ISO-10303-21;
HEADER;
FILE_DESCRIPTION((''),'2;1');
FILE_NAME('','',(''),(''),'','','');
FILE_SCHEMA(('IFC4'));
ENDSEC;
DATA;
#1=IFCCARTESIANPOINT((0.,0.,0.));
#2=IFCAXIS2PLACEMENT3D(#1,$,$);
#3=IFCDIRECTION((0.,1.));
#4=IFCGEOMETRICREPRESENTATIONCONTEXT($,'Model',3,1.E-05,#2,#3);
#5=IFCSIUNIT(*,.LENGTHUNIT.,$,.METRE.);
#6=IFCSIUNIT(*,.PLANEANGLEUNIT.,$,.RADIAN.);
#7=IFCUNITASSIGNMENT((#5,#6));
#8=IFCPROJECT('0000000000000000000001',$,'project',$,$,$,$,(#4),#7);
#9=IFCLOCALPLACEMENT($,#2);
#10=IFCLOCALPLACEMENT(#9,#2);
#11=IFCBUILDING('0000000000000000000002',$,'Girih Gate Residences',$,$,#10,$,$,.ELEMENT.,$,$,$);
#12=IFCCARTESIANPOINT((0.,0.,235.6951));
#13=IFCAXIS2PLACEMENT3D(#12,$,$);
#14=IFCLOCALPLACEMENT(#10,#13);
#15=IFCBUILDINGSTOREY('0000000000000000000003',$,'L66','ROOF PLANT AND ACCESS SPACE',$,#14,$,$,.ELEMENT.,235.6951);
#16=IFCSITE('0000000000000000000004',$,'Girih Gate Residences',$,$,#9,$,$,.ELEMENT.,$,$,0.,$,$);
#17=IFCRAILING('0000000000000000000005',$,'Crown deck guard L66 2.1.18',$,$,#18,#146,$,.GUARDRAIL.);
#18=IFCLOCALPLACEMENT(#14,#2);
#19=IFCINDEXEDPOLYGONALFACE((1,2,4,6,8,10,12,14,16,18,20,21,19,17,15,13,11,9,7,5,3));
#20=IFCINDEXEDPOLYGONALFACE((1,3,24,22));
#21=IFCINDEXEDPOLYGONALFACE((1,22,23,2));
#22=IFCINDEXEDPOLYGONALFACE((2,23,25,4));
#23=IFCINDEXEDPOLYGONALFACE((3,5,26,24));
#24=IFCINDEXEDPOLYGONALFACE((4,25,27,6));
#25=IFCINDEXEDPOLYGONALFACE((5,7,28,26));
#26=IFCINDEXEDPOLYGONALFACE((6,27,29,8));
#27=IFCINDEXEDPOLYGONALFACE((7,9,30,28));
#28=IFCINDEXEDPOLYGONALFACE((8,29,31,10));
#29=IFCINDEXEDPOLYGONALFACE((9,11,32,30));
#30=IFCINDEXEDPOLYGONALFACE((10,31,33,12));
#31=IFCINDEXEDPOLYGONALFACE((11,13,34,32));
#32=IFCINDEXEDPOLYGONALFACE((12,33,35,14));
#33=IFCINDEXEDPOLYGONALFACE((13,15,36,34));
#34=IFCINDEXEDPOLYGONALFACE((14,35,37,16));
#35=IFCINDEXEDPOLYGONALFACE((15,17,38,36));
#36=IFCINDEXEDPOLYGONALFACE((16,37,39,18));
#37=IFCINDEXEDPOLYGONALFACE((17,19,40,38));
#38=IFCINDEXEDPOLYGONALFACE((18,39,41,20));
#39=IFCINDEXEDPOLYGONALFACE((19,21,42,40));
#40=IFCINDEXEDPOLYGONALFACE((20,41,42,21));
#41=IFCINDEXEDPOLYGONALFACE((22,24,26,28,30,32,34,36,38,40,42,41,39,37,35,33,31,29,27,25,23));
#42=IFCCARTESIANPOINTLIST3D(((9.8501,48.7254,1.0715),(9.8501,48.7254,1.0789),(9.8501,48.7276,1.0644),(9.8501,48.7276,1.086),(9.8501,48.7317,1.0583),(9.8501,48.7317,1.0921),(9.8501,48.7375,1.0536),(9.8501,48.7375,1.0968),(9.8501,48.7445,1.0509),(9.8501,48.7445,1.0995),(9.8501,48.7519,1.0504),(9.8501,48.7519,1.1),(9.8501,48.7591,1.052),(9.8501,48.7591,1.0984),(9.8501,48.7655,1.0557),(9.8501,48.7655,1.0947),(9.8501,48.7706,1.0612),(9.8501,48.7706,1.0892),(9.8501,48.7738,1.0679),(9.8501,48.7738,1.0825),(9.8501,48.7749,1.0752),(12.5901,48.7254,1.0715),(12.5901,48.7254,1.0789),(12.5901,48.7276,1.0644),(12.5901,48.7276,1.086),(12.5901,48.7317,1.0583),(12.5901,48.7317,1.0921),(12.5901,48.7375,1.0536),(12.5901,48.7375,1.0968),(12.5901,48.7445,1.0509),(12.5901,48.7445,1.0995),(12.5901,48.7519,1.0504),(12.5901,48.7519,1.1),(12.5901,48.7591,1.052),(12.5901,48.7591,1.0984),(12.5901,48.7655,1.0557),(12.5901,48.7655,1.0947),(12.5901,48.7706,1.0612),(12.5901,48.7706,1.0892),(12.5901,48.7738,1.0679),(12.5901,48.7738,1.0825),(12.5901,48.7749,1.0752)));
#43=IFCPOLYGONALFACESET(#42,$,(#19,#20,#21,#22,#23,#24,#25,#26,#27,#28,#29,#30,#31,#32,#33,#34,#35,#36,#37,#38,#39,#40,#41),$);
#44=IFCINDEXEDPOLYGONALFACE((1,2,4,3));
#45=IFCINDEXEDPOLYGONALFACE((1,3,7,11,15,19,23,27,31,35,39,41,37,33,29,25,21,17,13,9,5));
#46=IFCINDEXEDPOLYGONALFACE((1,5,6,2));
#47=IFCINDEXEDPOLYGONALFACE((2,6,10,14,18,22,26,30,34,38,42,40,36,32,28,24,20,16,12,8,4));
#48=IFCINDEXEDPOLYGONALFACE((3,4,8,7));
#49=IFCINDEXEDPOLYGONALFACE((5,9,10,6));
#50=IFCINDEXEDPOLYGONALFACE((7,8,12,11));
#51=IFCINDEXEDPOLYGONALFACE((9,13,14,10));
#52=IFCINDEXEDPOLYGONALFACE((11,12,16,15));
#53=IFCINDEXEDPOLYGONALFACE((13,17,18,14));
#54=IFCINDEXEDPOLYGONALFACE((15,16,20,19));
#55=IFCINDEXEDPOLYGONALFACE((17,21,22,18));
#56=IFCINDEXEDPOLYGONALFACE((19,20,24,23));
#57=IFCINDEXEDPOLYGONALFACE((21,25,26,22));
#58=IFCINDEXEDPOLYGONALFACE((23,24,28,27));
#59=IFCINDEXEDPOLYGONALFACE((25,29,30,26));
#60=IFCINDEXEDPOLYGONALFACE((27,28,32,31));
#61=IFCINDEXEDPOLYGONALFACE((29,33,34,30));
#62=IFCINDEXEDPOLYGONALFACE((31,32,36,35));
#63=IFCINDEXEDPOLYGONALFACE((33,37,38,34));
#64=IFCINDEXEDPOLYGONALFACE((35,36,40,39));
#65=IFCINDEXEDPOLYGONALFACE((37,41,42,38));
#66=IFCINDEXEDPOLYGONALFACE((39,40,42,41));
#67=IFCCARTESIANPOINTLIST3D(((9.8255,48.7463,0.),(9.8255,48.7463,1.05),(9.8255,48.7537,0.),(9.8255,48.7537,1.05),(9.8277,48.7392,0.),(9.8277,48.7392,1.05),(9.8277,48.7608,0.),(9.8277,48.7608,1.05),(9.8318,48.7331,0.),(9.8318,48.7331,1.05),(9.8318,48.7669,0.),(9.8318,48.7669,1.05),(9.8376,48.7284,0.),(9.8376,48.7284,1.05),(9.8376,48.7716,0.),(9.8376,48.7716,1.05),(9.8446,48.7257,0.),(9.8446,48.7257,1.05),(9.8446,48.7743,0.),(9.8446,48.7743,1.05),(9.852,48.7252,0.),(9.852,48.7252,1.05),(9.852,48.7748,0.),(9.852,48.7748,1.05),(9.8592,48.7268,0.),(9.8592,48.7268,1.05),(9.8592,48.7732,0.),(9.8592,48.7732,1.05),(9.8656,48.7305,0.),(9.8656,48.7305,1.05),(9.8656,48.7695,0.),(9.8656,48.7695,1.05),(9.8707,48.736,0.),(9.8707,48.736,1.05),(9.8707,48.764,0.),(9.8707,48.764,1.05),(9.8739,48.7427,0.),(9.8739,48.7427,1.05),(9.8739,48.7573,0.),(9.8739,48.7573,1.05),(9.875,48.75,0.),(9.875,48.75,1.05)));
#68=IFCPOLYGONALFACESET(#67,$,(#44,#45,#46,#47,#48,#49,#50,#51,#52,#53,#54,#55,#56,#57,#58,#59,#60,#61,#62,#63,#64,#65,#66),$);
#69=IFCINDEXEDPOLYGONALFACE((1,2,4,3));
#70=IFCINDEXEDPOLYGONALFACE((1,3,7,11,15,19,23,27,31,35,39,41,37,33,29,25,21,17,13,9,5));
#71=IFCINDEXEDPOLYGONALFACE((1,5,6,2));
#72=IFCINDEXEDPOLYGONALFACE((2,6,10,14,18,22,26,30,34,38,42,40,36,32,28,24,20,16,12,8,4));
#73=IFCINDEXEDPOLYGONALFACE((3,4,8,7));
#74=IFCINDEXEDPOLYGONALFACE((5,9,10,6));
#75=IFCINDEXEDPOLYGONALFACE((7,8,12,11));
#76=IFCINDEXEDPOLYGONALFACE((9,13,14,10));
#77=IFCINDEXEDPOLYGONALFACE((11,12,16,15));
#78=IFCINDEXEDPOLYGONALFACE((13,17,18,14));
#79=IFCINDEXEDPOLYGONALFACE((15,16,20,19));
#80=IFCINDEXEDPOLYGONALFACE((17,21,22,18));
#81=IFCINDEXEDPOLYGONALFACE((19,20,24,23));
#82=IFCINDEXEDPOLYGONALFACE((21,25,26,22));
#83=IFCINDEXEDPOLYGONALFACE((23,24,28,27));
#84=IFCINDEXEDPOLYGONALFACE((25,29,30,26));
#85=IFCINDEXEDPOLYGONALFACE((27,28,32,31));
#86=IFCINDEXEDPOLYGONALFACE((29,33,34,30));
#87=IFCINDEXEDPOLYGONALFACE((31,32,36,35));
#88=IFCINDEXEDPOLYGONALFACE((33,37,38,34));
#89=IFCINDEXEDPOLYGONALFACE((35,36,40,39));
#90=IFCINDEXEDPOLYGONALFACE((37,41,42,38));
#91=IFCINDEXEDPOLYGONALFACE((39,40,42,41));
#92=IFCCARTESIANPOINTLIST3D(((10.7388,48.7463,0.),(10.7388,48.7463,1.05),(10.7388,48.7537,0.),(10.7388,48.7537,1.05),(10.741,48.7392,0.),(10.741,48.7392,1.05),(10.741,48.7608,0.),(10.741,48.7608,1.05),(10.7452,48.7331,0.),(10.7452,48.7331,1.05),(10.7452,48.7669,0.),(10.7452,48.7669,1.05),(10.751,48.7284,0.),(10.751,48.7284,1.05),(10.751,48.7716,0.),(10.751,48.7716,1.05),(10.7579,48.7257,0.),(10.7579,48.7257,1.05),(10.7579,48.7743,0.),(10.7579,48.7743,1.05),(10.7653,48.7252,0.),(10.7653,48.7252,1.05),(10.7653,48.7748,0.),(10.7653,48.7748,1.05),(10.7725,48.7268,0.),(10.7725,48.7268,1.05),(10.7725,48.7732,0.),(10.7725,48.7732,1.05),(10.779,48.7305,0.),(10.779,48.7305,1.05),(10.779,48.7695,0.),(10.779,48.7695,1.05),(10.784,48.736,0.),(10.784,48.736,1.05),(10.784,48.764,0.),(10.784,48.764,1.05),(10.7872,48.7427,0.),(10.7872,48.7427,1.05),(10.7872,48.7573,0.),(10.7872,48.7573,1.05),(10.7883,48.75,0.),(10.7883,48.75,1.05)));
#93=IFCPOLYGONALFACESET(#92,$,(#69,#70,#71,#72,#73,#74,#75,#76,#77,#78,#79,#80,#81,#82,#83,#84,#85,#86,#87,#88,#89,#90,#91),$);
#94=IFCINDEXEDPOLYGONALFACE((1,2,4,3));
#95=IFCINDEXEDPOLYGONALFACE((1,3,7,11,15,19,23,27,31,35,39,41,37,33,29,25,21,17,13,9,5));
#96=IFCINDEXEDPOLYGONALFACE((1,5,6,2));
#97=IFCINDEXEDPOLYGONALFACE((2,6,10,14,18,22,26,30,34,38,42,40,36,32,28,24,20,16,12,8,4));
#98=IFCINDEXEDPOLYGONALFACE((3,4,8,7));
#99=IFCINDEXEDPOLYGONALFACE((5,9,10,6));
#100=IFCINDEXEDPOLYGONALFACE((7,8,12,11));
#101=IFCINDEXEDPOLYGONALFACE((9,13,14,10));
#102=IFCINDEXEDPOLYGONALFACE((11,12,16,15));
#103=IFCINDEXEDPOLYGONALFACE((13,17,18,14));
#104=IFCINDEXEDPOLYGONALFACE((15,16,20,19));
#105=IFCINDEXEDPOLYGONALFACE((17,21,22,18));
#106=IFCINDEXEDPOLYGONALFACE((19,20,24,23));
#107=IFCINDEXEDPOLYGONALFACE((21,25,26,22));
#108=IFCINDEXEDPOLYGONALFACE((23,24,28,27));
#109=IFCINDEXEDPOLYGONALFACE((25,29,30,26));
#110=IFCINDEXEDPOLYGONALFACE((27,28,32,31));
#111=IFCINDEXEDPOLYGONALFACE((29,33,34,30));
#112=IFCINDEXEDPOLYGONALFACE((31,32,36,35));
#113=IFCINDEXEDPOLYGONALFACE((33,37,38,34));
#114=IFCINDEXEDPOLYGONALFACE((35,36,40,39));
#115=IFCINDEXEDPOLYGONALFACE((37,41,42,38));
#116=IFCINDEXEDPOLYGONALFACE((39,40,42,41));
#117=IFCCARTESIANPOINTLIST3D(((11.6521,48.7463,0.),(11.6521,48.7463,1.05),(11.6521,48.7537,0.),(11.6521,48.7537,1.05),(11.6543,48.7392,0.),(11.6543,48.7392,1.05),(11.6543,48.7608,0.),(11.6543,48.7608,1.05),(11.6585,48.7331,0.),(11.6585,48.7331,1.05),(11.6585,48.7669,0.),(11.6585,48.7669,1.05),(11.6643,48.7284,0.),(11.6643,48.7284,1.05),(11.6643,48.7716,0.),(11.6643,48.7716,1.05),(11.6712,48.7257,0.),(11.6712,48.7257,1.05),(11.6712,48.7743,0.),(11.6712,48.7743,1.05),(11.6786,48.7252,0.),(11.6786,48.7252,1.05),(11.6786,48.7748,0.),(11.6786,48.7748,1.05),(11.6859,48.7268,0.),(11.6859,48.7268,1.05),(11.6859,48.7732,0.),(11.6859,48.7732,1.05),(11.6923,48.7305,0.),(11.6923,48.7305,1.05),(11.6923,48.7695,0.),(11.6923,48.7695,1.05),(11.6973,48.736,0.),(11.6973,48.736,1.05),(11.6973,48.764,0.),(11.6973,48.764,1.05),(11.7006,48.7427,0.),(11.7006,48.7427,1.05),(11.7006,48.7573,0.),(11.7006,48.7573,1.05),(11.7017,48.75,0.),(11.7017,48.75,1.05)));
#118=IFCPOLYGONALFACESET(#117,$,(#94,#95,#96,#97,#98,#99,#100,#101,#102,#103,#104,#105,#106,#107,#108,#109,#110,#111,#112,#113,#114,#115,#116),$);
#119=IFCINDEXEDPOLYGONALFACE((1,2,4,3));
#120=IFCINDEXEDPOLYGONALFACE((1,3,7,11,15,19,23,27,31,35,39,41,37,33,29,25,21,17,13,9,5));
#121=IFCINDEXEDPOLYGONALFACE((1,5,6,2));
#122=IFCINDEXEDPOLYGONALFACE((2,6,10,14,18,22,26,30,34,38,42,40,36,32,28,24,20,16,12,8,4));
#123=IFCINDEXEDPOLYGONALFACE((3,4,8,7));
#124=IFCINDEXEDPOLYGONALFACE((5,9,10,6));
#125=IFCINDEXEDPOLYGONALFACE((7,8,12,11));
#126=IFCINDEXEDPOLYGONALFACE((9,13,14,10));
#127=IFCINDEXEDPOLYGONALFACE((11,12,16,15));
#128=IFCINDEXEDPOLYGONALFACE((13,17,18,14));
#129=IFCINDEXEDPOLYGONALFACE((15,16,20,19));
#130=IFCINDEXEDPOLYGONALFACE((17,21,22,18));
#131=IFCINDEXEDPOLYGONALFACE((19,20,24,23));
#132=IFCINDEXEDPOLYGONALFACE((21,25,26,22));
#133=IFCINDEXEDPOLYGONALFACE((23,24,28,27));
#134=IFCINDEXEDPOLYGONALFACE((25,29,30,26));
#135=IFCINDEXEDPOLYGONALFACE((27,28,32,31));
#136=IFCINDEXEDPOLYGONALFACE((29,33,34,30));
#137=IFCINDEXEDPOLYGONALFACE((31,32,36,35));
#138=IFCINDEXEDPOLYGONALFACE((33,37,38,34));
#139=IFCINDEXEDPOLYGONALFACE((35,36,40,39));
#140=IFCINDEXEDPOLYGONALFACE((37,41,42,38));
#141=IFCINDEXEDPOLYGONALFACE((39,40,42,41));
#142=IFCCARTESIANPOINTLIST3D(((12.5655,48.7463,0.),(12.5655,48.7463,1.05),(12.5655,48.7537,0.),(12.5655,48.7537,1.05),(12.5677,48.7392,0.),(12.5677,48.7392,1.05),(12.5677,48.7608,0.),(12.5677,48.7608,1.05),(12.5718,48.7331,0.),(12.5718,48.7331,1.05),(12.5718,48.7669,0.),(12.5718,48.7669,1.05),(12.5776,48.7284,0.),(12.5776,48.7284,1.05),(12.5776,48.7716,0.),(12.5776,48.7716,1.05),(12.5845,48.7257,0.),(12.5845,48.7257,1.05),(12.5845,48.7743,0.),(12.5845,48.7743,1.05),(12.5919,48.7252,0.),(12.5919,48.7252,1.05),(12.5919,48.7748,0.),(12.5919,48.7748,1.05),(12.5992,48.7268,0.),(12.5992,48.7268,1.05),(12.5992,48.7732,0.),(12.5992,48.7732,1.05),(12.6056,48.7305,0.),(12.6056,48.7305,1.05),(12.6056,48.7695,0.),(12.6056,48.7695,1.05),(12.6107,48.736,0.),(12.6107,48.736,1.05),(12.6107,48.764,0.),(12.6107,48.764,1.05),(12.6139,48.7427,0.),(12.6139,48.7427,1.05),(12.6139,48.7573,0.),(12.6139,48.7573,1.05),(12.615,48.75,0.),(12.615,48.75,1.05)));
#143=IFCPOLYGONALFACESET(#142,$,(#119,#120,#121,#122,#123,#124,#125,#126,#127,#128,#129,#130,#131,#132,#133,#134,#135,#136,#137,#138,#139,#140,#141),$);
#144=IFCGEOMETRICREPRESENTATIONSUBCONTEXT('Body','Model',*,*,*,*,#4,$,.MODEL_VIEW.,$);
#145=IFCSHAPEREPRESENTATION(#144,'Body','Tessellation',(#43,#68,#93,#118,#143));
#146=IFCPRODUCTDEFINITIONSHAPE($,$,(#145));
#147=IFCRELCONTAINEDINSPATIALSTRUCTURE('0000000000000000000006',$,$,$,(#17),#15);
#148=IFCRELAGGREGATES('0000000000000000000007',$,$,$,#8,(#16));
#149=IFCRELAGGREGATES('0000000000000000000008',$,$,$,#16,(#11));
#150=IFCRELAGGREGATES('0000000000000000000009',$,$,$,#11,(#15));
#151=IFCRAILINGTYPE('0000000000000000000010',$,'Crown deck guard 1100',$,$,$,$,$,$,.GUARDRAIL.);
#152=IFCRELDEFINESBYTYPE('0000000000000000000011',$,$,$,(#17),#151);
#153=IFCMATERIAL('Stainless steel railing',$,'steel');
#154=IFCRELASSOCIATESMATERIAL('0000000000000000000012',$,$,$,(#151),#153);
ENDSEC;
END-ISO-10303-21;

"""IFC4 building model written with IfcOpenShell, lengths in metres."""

from ifc_helpers import new_model, si_unit, direction, frame, origin, origin_2d, place, context, subcontext, project, spatial, circle, extrude, material, type_object, element, save


model = new_model("IFC4")

# Units and contexts
model_context = context("Model", 3, precision=1e-05, world=origin(), true_north=direction((0.0, 1.0)))
body_context = subcontext(model_context, "Body", "Model", "MODEL_VIEW")
ifc_project = project(units=[si_unit("LENGTHUNIT", "METRE"), si_unit("PLANEANGLEUNIT", "RADIAN")], contexts=[model_context])

# Site, building, storey
site_placement = place(None, origin())
site = spatial("IfcSite", under=ifc_project, at=site_placement, Name="Girih Gate Residences", CompositionType="ELEMENT", RefElevation=0.0)
building_placement = place(site_placement, origin())
building = spatial("IfcBuilding", under=site, at=building_placement, Name="Girih Gate Residences", CompositionType="ELEMENT")
storey_placement = place(building_placement, frame((0.0, 0.0, 235.6951)))
storey = spatial("IfcBuildingStorey", under=building, at=storey_placement, Name="L66", Description="ROOF PLANT AND ACCESS SPACE", CompositionType="ELEMENT", Elevation=235.6951)

# Railing
ifc_material_1 = material(Name="Stainless steel railing", Category="steel")
railing_type = type_object("IfcRailingType", Name="Crown deck guard 1100", PredefinedType="GUARDRAIL", material=ifc_material_1)
railing_1_placement = place(storey_placement, frame((9.8501, 48.75, 0.0)))
element("IfcRailing", 1, at=railing_1_placement, inside=storey, type_object=railing_type, Name="Crown deck guard L66 2.1.18", PredefinedType="GUARDRAIL", context=body_context, shape_type="SweptSolid", body=[
    extrude(circle(Radius=0.0249, at=origin_2d()), frame((0.0, 0.0, 1.0752), z_axis=(1.0, 0.0, 0.0), x_axis=(0.0, 1.0, 0.0)), (0.0, 0.0, 1.0), 2.74),
    extrude(circle(Radius=0.0249, at=origin_2d()), origin(), (0.0, 0.0, 1.0), 1.05),
    extrude(circle(Radius=0.0249, at=origin_2d()), frame((0.9133, 0.0, 0.0)), (0.0, 0.0, 1.0), 1.05),
    extrude(circle(Radius=0.0249, at=origin_2d()), frame((1.8267, 0.0, 0.0)), (0.0, 0.0, 1.0), 1.05),
    extrude(circle(Radius=0.0249, at=origin_2d()), frame((2.74, 0.0, 0.0)), (0.0, 0.0, 1.0), 1.05),
])

save(model, "model.ifc")
